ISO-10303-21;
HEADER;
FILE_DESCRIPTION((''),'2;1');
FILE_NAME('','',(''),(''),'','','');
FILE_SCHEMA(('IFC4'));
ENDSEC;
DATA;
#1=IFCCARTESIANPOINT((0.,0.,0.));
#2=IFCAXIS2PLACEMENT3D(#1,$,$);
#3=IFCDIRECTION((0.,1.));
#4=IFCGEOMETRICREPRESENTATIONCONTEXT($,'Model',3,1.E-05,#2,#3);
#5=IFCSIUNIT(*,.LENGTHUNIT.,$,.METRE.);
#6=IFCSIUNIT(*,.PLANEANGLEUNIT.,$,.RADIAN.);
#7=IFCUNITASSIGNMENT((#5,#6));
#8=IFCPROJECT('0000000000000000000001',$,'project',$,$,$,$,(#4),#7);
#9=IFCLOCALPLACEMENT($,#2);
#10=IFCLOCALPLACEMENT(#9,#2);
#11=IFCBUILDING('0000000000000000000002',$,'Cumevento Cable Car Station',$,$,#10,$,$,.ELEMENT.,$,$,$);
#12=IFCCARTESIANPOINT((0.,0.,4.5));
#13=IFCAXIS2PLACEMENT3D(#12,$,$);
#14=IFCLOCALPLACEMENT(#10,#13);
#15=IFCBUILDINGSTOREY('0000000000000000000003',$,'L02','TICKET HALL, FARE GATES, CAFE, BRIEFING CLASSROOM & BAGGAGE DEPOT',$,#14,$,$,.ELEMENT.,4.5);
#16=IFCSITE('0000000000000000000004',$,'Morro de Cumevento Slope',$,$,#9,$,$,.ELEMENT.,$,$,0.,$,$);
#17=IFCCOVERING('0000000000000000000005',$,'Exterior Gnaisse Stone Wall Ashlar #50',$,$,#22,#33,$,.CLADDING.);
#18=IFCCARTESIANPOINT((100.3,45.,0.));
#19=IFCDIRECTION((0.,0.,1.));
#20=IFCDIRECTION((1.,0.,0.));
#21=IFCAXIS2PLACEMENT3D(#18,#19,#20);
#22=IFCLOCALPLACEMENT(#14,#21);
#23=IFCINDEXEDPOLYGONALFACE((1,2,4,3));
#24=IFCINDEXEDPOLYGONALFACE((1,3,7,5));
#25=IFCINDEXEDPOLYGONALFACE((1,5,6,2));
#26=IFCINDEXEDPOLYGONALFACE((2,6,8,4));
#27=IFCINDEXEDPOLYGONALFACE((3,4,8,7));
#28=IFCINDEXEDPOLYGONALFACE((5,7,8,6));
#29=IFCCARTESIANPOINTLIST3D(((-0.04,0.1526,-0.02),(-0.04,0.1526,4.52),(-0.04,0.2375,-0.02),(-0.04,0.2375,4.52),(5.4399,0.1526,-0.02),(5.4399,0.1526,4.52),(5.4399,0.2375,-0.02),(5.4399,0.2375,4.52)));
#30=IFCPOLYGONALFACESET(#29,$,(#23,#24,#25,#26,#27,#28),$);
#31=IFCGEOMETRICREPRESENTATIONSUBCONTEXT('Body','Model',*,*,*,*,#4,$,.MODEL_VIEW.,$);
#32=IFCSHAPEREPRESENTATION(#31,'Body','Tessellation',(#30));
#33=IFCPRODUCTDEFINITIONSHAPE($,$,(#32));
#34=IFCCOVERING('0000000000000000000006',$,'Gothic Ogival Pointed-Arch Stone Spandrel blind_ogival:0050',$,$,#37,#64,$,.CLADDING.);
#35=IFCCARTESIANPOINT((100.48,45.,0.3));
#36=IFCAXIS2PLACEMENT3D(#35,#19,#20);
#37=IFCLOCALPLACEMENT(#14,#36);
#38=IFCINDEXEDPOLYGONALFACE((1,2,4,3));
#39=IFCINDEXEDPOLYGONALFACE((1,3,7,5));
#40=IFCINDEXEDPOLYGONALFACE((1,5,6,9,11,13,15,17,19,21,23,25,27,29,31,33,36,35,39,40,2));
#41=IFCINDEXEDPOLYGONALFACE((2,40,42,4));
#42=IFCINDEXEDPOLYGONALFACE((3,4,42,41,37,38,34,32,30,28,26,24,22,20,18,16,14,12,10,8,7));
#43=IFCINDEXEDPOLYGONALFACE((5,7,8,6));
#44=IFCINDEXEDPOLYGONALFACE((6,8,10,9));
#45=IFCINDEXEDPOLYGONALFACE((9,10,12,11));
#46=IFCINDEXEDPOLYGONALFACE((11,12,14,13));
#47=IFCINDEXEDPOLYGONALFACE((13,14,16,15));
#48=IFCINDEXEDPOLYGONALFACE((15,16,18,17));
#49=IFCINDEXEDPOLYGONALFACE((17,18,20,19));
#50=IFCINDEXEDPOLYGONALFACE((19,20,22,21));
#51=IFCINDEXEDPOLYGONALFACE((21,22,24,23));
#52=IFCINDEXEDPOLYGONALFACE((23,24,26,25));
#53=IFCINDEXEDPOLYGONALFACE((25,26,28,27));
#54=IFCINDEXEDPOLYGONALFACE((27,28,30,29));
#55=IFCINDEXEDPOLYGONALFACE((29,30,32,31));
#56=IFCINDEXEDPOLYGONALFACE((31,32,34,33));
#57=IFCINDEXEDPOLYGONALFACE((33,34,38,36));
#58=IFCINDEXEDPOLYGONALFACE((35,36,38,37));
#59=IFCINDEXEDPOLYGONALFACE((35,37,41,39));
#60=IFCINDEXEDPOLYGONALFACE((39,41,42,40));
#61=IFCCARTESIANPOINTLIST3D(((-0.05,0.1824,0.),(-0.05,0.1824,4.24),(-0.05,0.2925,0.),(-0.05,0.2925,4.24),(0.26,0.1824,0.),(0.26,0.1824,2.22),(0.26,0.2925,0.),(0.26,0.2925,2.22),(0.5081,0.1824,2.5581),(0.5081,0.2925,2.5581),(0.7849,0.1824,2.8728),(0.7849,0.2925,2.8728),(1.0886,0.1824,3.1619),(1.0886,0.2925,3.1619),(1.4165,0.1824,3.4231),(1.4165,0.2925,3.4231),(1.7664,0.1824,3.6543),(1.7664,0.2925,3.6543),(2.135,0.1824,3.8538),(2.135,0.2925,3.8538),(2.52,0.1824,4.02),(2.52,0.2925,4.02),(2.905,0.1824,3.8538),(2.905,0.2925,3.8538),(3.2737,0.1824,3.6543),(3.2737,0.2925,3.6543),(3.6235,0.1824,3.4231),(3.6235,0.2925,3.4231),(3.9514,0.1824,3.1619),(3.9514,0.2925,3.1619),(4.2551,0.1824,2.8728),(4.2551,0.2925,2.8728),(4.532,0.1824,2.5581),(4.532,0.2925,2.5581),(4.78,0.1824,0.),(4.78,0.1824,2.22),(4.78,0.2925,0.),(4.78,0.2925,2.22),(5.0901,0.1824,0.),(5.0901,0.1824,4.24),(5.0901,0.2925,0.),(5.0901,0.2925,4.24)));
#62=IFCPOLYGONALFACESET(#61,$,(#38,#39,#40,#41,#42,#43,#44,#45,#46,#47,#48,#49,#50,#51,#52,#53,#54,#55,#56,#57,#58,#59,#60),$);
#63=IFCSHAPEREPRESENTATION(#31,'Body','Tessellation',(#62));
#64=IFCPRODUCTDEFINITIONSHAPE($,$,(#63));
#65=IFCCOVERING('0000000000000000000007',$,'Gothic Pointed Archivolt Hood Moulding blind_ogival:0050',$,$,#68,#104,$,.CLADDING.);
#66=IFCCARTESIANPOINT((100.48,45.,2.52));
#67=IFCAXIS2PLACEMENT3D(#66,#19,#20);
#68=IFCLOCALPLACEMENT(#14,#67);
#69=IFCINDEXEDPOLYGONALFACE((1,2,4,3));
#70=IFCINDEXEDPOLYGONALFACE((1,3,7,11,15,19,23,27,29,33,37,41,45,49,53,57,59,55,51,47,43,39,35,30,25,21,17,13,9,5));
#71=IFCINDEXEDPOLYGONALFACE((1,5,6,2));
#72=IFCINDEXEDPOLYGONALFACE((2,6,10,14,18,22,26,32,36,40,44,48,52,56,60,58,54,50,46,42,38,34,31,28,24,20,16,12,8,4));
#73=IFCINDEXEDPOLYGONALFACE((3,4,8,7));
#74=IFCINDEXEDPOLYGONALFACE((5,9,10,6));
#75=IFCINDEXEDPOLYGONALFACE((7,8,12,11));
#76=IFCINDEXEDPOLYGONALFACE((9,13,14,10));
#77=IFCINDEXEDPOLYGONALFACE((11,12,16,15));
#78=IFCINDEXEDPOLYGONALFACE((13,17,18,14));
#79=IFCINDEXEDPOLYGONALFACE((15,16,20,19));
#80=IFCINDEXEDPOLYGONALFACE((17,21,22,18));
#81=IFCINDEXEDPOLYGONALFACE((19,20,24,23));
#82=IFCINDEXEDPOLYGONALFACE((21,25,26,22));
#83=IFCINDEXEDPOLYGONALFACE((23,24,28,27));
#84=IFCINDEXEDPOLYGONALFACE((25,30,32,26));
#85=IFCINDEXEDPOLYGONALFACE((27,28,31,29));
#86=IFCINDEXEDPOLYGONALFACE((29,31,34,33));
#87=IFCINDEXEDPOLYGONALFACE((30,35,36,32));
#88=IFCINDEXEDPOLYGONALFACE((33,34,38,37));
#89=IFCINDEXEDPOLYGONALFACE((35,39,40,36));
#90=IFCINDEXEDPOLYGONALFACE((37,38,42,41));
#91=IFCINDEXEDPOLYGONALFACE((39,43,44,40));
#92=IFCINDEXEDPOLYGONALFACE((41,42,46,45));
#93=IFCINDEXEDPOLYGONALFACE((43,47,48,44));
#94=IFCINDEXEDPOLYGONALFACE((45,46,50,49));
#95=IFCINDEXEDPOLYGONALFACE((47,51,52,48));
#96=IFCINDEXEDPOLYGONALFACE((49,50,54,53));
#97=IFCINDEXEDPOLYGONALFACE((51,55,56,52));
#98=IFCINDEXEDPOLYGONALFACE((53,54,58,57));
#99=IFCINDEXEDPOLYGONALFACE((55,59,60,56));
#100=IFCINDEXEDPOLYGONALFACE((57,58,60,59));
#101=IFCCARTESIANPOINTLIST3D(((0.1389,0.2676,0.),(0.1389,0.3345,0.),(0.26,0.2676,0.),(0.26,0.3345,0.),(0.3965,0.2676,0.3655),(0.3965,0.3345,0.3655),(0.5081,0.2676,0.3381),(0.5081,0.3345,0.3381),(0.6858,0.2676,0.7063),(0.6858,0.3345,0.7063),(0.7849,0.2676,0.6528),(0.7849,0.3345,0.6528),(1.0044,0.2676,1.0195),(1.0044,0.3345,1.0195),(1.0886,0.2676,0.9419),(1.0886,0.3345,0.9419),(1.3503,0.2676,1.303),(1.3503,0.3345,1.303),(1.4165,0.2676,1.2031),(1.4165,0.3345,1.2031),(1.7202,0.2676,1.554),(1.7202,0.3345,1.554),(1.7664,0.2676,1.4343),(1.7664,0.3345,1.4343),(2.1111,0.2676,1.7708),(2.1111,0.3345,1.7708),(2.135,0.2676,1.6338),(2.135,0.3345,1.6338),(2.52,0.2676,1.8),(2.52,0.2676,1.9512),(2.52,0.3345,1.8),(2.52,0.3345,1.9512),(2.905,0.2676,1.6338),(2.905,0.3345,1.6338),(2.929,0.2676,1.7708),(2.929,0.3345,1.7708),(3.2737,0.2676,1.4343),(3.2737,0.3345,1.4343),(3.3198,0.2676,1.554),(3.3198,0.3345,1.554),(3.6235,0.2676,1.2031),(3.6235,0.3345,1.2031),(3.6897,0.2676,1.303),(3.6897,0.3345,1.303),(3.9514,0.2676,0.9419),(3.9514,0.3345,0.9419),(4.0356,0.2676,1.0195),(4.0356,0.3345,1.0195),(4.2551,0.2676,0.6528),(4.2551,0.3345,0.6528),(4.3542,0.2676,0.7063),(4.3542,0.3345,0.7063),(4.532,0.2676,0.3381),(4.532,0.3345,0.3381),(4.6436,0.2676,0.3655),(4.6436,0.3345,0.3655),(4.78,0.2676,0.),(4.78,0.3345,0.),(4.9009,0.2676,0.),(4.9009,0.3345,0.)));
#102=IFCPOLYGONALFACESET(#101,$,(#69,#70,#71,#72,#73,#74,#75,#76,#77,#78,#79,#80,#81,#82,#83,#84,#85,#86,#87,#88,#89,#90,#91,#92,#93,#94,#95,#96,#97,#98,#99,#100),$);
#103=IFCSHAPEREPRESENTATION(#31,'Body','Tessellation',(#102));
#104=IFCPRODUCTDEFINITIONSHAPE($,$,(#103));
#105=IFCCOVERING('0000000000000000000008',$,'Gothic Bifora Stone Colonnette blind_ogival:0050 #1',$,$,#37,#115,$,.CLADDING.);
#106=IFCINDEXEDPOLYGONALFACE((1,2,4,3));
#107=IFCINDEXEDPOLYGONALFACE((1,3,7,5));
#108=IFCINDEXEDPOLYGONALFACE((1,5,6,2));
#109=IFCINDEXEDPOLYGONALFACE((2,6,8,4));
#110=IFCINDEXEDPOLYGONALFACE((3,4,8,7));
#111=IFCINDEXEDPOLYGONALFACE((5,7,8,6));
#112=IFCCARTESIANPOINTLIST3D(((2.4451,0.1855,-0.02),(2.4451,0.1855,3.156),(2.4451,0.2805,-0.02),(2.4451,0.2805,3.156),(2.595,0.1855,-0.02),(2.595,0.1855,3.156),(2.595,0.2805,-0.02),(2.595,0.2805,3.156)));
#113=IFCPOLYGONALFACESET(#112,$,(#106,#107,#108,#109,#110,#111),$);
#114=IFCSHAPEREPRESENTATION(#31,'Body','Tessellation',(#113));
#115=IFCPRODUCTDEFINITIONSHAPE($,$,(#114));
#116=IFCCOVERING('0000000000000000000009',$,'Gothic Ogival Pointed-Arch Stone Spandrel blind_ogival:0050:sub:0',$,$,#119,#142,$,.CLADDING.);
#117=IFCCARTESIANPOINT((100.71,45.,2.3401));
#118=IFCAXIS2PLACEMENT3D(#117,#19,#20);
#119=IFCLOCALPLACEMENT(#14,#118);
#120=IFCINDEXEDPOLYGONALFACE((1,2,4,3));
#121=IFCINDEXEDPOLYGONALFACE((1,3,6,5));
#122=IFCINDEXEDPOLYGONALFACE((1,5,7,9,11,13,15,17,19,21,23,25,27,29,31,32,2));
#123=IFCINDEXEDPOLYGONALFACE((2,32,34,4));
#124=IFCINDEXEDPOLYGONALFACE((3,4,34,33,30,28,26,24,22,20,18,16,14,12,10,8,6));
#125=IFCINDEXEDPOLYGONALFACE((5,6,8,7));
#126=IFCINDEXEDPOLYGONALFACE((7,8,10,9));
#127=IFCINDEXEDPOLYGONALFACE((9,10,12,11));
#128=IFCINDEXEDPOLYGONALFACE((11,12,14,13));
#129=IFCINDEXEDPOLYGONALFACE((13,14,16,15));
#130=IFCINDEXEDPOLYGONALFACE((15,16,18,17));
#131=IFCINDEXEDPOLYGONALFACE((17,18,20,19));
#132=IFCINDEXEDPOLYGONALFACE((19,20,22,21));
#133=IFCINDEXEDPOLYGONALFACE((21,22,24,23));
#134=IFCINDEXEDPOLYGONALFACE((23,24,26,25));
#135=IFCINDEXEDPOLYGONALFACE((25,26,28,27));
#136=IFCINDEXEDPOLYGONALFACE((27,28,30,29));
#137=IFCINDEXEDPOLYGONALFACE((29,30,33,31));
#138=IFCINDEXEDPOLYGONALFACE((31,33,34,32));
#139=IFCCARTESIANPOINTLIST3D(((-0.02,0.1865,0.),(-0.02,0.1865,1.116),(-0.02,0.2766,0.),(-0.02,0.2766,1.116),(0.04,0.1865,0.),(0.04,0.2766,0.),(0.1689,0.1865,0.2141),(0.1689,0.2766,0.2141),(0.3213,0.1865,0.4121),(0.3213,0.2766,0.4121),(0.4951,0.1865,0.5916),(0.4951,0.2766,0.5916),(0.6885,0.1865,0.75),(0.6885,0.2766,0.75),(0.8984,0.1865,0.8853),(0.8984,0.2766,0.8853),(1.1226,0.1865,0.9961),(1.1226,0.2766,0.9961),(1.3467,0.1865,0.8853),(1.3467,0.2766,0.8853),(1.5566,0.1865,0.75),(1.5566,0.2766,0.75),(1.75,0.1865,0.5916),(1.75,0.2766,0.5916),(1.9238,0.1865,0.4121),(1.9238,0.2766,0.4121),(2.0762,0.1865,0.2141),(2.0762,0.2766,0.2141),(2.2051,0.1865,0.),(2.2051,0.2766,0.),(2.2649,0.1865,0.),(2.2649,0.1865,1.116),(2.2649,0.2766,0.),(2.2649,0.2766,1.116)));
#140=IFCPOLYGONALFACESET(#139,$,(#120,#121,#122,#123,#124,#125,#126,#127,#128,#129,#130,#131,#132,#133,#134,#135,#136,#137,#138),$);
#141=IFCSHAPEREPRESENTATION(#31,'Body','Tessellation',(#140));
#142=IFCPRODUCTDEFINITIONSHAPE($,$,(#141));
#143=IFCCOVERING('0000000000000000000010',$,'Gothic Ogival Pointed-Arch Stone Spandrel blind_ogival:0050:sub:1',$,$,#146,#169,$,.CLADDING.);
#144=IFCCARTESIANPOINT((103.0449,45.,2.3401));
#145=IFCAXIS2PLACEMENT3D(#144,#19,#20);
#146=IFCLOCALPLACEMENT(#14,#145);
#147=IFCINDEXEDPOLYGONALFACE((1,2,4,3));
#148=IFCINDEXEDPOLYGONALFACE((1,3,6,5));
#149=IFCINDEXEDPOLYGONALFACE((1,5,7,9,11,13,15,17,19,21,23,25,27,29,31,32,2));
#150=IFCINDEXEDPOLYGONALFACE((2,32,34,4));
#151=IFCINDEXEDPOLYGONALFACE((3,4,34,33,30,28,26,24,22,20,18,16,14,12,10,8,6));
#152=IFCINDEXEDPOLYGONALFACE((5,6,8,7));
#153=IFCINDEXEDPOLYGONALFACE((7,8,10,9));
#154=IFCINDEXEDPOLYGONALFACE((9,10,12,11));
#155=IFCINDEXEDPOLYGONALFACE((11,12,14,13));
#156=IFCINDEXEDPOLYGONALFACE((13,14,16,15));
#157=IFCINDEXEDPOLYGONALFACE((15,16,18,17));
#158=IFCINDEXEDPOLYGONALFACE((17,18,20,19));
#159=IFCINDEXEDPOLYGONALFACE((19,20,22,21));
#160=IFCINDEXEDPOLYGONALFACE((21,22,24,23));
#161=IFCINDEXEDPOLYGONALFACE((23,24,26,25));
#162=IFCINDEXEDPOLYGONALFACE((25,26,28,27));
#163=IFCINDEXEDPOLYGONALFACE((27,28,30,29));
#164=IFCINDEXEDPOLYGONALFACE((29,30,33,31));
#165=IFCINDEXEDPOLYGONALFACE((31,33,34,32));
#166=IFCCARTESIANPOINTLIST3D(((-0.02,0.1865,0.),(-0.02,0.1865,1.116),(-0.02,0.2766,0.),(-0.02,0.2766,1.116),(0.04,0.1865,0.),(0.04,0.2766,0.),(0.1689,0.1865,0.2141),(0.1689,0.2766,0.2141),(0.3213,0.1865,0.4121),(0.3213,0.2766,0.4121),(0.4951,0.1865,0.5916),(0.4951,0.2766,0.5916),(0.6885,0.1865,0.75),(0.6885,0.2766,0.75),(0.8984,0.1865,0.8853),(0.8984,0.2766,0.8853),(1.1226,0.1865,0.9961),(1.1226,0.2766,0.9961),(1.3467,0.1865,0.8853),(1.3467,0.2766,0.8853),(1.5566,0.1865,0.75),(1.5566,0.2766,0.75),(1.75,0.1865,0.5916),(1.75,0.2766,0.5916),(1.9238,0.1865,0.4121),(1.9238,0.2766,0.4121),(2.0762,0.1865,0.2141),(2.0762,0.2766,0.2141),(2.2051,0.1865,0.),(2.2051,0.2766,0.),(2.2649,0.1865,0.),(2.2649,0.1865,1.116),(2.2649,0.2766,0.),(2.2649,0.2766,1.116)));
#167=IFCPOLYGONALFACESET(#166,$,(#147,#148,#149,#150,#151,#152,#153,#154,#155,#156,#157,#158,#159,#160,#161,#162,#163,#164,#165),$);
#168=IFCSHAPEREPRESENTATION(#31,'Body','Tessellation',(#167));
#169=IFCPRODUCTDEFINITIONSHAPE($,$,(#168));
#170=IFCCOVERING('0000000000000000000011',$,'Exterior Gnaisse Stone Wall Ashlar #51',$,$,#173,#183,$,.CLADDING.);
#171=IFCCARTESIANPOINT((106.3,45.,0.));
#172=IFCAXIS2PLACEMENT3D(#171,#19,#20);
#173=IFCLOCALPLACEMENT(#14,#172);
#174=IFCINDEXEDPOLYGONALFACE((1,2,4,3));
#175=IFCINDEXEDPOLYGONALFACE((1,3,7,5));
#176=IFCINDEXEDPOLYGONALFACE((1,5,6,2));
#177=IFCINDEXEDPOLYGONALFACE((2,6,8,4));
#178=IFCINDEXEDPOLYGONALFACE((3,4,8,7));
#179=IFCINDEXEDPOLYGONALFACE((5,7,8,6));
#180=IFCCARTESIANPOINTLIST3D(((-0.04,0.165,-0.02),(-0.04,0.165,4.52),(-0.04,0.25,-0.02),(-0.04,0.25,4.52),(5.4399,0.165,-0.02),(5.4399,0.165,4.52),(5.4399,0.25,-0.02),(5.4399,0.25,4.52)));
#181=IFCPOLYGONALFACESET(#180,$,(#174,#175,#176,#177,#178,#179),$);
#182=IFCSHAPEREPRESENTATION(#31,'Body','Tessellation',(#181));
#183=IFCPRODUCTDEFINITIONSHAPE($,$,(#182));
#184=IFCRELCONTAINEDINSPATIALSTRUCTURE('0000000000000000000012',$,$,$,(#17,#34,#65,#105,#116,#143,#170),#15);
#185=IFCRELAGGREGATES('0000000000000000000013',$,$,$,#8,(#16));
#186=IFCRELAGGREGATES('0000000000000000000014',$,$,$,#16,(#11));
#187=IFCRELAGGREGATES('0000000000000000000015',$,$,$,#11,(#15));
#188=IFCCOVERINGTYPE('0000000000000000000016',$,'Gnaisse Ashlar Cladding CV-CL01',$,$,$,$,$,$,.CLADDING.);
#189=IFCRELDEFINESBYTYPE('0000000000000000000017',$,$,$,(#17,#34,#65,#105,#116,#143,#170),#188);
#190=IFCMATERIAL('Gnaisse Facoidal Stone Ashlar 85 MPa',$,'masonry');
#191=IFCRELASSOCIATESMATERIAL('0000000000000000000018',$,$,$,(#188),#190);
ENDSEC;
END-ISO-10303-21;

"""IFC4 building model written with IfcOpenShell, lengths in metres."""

from ifc_helpers import new_model, si_unit, direction, frame, origin, place, context, subcontext, project, spatial, polyline, outline, extrude, material, type_object, element, save


model = new_model("IFC4")

# Units and contexts
model_context = context("Model", 3, precision=1e-05, world=origin(), true_north=direction((0.0, 1.0)))
body_context = subcontext(model_context, "Body", "Model", "MODEL_VIEW")
ifc_project = project(units=[si_unit("LENGTHUNIT", "METRE"), si_unit("PLANEANGLEUNIT", "RADIAN")], contexts=[model_context])

# Site, building, storey
site_placement = place(None, origin())
site = spatial("IfcSite", under=ifc_project, at=site_placement, Name="Morro de Cumevento Slope", CompositionType="ELEMENT", RefElevation=0.0)
building_placement = place(site_placement, origin())
building = spatial("IfcBuilding", under=site, at=building_placement, Name="Cumevento Cable Car Station", CompositionType="ELEMENT")
storey_placement = place(building_placement, frame((0.0, 0.0, 4.5)))
storey = spatial("IfcBuildingStorey", under=building, at=storey_placement, Name="L02", Description="TICKET HALL, FARE GATES, CAFE, BRIEFING CLASSROOM & BAGGAGE DEPOT", CompositionType="ELEMENT", Elevation=4.5)

# Coverings
ifc_material_1 = material(Name="Gnaisse Facoidal Stone Ashlar 85 MPa", Category="masonry")
covering_type = type_object("IfcCoveringType", Name="Gnaisse Ashlar Cladding CV-CL01", PredefinedType="CLADDING", material=ifc_material_1)
covering_1_placement = place(storey_placement, frame((100.3, 45.0, 0.0), z_axis=(0.0, 0.0, 1.0), x_axis=(1.0, 0.0, 0.0)))
element("IfcCovering", 1, at=covering_1_placement, inside=storey, type_object=covering_type, Name="Exterior Gnaisse Stone Wall Ashlar #50", PredefinedType="CLADDING", context=body_context, shape_type="SweptSolid", body=[
    extrude(outline(polyline([(-0.04, -0.02), (5.4399, -0.02), (5.4399, 4.52), (-0.04, 4.52), (-0.04, -0.02)])), frame((0.0, 0.2375, 0.0), z_axis=(0.0, -1.0, 0.0), x_axis=(1.0, 0.0, 0.0)), (0.0, 0.0, 1.0), 0.085),
])
placement_1 = place(storey_placement, frame((100.48, 45.0, 0.3), z_axis=(0.0, 0.0, 1.0), x_axis=(1.0, 0.0, 0.0)))
element("IfcCovering", 2, at=placement_1, inside=storey, type_object=covering_type, Name="Gothic Ogival Pointed-Arch Stone Spandrel blind_ogival:0050", PredefinedType="CLADDING", context=body_context, shape_type="SweptSolid", body=[
    extrude(outline(polyline([(-0.05, 0.0), (-0.05, 4.24), (5.0901, 4.24), (5.0901, 0.0), (4.78, 0.0), (4.78, 2.22), (4.532, 2.5581), (4.2551, 2.8728), (3.9514, 3.1619), (3.6235, 3.4231), (3.2737, 3.6543), (2.905, 3.8538), (2.52, 4.02), (2.135, 3.8538), (1.7664, 3.6543), (1.4165, 3.4231), (1.0886, 3.1619), (0.7849, 2.8728), (0.5081, 2.5581), (0.26, 2.22), (0.26, 0.0), (-0.05, 0.0)])), frame((0.0, 0.2925, 0.0), z_axis=(0.0, -1.0, 0.0), x_axis=(1.0, 0.0, 0.0)), (0.0, 0.0, 1.0), 0.1101),
])
covering_2_placement = place(storey_placement, frame((100.48, 45.0, 2.52), z_axis=(0.0, 0.0, 1.0), x_axis=(1.0, 0.0, 0.0)))
element("IfcCovering", 3, at=covering_2_placement, inside=storey, type_object=covering_type, Name="Gothic Pointed Archivolt Hood Moulding blind_ogival:0050", PredefinedType="CLADDING", context=body_context, shape_type="SweptSolid", body=[
    extrude(outline(polyline([(0.26, 0.0), (0.5081, 0.3381), (0.7849, 0.6528), (1.0886, 0.9419), (1.4165, 1.2031), (1.7664, 1.4343), (2.135, 1.6338), (2.52, 1.8), (2.905, 1.6338), (3.2737, 1.4343), (3.6235, 1.2031), (3.9514, 0.9419), (4.2551, 0.6528), (4.532, 0.3381), (4.78, 0.0), (4.9009, 0.0), (4.6436, 0.3655), (4.3542, 0.7063), (4.0356, 1.0195), (3.6897, 1.303), (3.3198, 1.554), (2.929, 1.7708), (2.52, 1.9512), (2.1111, 1.7708), (1.7202, 1.554), (1.3503, 1.303), (1.0044, 1.0195), (0.6858, 0.7063), (0.3965, 0.3655), (0.1389, 0.0), (0.26, 0.0)])), frame((0.0, 0.3345, 0.0), z_axis=(0.0, -1.0, 0.0), x_axis=(1.0, 0.0, 0.0)), (0.0, 0.0, 1.0), 0.0669),
])
element("IfcCovering", 4, at=placement_1, inside=storey, type_object=covering_type, Name="Gothic Bifora Stone Colonnette blind_ogival:0050 #1", PredefinedType="CLADDING", context=body_context, shape_type="SweptSolid", body=[
    extrude(outline(polyline([(2.4451, -0.02), (2.595, -0.02), (2.595, 3.156), (2.4451, 3.156), (2.4451, -0.02)])), frame((0.0, 0.2805, 0.0), z_axis=(0.0, -1.0, 0.0), x_axis=(1.0, 0.0, 0.0)), (0.0, 0.0, 1.0), 0.095),
])
for number, where, z_axis, x_axis, name in (
    (5, (100.71, 45.0, 2.3401), (0.0, 0.0, 1.0), (1.0, 0.0, 0.0), "Gothic Ogival Pointed-Arch Stone Spandrel blind_ogival:0050:sub:0"),
    (6, (103.0449, 45.0, 2.3401), (0.0, 0.0, 1.0), (1.0, 0.0, 0.0), "Gothic Ogival Pointed-Arch Stone Spandrel blind_ogival:0050:sub:1"),
):
    element("IfcCovering", number, at=place(storey_placement, frame(where, z_axis=z_axis, x_axis=x_axis)), inside=storey, type_object=covering_type, Name=name, PredefinedType="CLADDING", context=body_context, shape_type="SweptSolid", body=[
        extrude(outline(polyline([(-0.02, 0.0), (-0.02, 1.116), (2.2649, 1.116), (2.2649, 0.0), (2.2051, 0.0), (2.0762, 0.2141), (1.9238, 0.4121), (1.75, 0.5916), (1.5566, 0.75), (1.3467, 0.8853), (1.1226, 0.9961), (0.8984, 0.8853), (0.6885, 0.75), (0.4951, 0.5916), (0.3213, 0.4121), (0.1689, 0.2141), (0.04, 0.0), (-0.02, 0.0)])), frame((0.0, 0.2766, 0.0), z_axis=(0.0, -1.0, 0.0), x_axis=(1.0, 0.0, 0.0)), (0.0, 0.0, 1.0), 0.0901),
    ])
covering_3_placement = place(storey_placement, frame((106.3, 45.0, 0.0), z_axis=(0.0, 0.0, 1.0), x_axis=(1.0, 0.0, 0.0)))
element("IfcCovering", 7, at=covering_3_placement, inside=storey, type_object=covering_type, Name="Exterior Gnaisse Stone Wall Ashlar #51", PredefinedType="CLADDING", context=body_context, shape_type="SweptSolid", body=[
    extrude(outline(polyline([(-0.04, -0.02), (5.4399, -0.02), (5.4399, 4.52), (-0.04, 4.52), (-0.04, -0.02)])), frame((0.0, 0.25, 0.0), z_axis=(0.0, -1.0, 0.0), x_axis=(1.0, 0.0, 0.0)), (0.0, 0.0, 1.0), 0.085),
])

save(model, "model.ifc")
